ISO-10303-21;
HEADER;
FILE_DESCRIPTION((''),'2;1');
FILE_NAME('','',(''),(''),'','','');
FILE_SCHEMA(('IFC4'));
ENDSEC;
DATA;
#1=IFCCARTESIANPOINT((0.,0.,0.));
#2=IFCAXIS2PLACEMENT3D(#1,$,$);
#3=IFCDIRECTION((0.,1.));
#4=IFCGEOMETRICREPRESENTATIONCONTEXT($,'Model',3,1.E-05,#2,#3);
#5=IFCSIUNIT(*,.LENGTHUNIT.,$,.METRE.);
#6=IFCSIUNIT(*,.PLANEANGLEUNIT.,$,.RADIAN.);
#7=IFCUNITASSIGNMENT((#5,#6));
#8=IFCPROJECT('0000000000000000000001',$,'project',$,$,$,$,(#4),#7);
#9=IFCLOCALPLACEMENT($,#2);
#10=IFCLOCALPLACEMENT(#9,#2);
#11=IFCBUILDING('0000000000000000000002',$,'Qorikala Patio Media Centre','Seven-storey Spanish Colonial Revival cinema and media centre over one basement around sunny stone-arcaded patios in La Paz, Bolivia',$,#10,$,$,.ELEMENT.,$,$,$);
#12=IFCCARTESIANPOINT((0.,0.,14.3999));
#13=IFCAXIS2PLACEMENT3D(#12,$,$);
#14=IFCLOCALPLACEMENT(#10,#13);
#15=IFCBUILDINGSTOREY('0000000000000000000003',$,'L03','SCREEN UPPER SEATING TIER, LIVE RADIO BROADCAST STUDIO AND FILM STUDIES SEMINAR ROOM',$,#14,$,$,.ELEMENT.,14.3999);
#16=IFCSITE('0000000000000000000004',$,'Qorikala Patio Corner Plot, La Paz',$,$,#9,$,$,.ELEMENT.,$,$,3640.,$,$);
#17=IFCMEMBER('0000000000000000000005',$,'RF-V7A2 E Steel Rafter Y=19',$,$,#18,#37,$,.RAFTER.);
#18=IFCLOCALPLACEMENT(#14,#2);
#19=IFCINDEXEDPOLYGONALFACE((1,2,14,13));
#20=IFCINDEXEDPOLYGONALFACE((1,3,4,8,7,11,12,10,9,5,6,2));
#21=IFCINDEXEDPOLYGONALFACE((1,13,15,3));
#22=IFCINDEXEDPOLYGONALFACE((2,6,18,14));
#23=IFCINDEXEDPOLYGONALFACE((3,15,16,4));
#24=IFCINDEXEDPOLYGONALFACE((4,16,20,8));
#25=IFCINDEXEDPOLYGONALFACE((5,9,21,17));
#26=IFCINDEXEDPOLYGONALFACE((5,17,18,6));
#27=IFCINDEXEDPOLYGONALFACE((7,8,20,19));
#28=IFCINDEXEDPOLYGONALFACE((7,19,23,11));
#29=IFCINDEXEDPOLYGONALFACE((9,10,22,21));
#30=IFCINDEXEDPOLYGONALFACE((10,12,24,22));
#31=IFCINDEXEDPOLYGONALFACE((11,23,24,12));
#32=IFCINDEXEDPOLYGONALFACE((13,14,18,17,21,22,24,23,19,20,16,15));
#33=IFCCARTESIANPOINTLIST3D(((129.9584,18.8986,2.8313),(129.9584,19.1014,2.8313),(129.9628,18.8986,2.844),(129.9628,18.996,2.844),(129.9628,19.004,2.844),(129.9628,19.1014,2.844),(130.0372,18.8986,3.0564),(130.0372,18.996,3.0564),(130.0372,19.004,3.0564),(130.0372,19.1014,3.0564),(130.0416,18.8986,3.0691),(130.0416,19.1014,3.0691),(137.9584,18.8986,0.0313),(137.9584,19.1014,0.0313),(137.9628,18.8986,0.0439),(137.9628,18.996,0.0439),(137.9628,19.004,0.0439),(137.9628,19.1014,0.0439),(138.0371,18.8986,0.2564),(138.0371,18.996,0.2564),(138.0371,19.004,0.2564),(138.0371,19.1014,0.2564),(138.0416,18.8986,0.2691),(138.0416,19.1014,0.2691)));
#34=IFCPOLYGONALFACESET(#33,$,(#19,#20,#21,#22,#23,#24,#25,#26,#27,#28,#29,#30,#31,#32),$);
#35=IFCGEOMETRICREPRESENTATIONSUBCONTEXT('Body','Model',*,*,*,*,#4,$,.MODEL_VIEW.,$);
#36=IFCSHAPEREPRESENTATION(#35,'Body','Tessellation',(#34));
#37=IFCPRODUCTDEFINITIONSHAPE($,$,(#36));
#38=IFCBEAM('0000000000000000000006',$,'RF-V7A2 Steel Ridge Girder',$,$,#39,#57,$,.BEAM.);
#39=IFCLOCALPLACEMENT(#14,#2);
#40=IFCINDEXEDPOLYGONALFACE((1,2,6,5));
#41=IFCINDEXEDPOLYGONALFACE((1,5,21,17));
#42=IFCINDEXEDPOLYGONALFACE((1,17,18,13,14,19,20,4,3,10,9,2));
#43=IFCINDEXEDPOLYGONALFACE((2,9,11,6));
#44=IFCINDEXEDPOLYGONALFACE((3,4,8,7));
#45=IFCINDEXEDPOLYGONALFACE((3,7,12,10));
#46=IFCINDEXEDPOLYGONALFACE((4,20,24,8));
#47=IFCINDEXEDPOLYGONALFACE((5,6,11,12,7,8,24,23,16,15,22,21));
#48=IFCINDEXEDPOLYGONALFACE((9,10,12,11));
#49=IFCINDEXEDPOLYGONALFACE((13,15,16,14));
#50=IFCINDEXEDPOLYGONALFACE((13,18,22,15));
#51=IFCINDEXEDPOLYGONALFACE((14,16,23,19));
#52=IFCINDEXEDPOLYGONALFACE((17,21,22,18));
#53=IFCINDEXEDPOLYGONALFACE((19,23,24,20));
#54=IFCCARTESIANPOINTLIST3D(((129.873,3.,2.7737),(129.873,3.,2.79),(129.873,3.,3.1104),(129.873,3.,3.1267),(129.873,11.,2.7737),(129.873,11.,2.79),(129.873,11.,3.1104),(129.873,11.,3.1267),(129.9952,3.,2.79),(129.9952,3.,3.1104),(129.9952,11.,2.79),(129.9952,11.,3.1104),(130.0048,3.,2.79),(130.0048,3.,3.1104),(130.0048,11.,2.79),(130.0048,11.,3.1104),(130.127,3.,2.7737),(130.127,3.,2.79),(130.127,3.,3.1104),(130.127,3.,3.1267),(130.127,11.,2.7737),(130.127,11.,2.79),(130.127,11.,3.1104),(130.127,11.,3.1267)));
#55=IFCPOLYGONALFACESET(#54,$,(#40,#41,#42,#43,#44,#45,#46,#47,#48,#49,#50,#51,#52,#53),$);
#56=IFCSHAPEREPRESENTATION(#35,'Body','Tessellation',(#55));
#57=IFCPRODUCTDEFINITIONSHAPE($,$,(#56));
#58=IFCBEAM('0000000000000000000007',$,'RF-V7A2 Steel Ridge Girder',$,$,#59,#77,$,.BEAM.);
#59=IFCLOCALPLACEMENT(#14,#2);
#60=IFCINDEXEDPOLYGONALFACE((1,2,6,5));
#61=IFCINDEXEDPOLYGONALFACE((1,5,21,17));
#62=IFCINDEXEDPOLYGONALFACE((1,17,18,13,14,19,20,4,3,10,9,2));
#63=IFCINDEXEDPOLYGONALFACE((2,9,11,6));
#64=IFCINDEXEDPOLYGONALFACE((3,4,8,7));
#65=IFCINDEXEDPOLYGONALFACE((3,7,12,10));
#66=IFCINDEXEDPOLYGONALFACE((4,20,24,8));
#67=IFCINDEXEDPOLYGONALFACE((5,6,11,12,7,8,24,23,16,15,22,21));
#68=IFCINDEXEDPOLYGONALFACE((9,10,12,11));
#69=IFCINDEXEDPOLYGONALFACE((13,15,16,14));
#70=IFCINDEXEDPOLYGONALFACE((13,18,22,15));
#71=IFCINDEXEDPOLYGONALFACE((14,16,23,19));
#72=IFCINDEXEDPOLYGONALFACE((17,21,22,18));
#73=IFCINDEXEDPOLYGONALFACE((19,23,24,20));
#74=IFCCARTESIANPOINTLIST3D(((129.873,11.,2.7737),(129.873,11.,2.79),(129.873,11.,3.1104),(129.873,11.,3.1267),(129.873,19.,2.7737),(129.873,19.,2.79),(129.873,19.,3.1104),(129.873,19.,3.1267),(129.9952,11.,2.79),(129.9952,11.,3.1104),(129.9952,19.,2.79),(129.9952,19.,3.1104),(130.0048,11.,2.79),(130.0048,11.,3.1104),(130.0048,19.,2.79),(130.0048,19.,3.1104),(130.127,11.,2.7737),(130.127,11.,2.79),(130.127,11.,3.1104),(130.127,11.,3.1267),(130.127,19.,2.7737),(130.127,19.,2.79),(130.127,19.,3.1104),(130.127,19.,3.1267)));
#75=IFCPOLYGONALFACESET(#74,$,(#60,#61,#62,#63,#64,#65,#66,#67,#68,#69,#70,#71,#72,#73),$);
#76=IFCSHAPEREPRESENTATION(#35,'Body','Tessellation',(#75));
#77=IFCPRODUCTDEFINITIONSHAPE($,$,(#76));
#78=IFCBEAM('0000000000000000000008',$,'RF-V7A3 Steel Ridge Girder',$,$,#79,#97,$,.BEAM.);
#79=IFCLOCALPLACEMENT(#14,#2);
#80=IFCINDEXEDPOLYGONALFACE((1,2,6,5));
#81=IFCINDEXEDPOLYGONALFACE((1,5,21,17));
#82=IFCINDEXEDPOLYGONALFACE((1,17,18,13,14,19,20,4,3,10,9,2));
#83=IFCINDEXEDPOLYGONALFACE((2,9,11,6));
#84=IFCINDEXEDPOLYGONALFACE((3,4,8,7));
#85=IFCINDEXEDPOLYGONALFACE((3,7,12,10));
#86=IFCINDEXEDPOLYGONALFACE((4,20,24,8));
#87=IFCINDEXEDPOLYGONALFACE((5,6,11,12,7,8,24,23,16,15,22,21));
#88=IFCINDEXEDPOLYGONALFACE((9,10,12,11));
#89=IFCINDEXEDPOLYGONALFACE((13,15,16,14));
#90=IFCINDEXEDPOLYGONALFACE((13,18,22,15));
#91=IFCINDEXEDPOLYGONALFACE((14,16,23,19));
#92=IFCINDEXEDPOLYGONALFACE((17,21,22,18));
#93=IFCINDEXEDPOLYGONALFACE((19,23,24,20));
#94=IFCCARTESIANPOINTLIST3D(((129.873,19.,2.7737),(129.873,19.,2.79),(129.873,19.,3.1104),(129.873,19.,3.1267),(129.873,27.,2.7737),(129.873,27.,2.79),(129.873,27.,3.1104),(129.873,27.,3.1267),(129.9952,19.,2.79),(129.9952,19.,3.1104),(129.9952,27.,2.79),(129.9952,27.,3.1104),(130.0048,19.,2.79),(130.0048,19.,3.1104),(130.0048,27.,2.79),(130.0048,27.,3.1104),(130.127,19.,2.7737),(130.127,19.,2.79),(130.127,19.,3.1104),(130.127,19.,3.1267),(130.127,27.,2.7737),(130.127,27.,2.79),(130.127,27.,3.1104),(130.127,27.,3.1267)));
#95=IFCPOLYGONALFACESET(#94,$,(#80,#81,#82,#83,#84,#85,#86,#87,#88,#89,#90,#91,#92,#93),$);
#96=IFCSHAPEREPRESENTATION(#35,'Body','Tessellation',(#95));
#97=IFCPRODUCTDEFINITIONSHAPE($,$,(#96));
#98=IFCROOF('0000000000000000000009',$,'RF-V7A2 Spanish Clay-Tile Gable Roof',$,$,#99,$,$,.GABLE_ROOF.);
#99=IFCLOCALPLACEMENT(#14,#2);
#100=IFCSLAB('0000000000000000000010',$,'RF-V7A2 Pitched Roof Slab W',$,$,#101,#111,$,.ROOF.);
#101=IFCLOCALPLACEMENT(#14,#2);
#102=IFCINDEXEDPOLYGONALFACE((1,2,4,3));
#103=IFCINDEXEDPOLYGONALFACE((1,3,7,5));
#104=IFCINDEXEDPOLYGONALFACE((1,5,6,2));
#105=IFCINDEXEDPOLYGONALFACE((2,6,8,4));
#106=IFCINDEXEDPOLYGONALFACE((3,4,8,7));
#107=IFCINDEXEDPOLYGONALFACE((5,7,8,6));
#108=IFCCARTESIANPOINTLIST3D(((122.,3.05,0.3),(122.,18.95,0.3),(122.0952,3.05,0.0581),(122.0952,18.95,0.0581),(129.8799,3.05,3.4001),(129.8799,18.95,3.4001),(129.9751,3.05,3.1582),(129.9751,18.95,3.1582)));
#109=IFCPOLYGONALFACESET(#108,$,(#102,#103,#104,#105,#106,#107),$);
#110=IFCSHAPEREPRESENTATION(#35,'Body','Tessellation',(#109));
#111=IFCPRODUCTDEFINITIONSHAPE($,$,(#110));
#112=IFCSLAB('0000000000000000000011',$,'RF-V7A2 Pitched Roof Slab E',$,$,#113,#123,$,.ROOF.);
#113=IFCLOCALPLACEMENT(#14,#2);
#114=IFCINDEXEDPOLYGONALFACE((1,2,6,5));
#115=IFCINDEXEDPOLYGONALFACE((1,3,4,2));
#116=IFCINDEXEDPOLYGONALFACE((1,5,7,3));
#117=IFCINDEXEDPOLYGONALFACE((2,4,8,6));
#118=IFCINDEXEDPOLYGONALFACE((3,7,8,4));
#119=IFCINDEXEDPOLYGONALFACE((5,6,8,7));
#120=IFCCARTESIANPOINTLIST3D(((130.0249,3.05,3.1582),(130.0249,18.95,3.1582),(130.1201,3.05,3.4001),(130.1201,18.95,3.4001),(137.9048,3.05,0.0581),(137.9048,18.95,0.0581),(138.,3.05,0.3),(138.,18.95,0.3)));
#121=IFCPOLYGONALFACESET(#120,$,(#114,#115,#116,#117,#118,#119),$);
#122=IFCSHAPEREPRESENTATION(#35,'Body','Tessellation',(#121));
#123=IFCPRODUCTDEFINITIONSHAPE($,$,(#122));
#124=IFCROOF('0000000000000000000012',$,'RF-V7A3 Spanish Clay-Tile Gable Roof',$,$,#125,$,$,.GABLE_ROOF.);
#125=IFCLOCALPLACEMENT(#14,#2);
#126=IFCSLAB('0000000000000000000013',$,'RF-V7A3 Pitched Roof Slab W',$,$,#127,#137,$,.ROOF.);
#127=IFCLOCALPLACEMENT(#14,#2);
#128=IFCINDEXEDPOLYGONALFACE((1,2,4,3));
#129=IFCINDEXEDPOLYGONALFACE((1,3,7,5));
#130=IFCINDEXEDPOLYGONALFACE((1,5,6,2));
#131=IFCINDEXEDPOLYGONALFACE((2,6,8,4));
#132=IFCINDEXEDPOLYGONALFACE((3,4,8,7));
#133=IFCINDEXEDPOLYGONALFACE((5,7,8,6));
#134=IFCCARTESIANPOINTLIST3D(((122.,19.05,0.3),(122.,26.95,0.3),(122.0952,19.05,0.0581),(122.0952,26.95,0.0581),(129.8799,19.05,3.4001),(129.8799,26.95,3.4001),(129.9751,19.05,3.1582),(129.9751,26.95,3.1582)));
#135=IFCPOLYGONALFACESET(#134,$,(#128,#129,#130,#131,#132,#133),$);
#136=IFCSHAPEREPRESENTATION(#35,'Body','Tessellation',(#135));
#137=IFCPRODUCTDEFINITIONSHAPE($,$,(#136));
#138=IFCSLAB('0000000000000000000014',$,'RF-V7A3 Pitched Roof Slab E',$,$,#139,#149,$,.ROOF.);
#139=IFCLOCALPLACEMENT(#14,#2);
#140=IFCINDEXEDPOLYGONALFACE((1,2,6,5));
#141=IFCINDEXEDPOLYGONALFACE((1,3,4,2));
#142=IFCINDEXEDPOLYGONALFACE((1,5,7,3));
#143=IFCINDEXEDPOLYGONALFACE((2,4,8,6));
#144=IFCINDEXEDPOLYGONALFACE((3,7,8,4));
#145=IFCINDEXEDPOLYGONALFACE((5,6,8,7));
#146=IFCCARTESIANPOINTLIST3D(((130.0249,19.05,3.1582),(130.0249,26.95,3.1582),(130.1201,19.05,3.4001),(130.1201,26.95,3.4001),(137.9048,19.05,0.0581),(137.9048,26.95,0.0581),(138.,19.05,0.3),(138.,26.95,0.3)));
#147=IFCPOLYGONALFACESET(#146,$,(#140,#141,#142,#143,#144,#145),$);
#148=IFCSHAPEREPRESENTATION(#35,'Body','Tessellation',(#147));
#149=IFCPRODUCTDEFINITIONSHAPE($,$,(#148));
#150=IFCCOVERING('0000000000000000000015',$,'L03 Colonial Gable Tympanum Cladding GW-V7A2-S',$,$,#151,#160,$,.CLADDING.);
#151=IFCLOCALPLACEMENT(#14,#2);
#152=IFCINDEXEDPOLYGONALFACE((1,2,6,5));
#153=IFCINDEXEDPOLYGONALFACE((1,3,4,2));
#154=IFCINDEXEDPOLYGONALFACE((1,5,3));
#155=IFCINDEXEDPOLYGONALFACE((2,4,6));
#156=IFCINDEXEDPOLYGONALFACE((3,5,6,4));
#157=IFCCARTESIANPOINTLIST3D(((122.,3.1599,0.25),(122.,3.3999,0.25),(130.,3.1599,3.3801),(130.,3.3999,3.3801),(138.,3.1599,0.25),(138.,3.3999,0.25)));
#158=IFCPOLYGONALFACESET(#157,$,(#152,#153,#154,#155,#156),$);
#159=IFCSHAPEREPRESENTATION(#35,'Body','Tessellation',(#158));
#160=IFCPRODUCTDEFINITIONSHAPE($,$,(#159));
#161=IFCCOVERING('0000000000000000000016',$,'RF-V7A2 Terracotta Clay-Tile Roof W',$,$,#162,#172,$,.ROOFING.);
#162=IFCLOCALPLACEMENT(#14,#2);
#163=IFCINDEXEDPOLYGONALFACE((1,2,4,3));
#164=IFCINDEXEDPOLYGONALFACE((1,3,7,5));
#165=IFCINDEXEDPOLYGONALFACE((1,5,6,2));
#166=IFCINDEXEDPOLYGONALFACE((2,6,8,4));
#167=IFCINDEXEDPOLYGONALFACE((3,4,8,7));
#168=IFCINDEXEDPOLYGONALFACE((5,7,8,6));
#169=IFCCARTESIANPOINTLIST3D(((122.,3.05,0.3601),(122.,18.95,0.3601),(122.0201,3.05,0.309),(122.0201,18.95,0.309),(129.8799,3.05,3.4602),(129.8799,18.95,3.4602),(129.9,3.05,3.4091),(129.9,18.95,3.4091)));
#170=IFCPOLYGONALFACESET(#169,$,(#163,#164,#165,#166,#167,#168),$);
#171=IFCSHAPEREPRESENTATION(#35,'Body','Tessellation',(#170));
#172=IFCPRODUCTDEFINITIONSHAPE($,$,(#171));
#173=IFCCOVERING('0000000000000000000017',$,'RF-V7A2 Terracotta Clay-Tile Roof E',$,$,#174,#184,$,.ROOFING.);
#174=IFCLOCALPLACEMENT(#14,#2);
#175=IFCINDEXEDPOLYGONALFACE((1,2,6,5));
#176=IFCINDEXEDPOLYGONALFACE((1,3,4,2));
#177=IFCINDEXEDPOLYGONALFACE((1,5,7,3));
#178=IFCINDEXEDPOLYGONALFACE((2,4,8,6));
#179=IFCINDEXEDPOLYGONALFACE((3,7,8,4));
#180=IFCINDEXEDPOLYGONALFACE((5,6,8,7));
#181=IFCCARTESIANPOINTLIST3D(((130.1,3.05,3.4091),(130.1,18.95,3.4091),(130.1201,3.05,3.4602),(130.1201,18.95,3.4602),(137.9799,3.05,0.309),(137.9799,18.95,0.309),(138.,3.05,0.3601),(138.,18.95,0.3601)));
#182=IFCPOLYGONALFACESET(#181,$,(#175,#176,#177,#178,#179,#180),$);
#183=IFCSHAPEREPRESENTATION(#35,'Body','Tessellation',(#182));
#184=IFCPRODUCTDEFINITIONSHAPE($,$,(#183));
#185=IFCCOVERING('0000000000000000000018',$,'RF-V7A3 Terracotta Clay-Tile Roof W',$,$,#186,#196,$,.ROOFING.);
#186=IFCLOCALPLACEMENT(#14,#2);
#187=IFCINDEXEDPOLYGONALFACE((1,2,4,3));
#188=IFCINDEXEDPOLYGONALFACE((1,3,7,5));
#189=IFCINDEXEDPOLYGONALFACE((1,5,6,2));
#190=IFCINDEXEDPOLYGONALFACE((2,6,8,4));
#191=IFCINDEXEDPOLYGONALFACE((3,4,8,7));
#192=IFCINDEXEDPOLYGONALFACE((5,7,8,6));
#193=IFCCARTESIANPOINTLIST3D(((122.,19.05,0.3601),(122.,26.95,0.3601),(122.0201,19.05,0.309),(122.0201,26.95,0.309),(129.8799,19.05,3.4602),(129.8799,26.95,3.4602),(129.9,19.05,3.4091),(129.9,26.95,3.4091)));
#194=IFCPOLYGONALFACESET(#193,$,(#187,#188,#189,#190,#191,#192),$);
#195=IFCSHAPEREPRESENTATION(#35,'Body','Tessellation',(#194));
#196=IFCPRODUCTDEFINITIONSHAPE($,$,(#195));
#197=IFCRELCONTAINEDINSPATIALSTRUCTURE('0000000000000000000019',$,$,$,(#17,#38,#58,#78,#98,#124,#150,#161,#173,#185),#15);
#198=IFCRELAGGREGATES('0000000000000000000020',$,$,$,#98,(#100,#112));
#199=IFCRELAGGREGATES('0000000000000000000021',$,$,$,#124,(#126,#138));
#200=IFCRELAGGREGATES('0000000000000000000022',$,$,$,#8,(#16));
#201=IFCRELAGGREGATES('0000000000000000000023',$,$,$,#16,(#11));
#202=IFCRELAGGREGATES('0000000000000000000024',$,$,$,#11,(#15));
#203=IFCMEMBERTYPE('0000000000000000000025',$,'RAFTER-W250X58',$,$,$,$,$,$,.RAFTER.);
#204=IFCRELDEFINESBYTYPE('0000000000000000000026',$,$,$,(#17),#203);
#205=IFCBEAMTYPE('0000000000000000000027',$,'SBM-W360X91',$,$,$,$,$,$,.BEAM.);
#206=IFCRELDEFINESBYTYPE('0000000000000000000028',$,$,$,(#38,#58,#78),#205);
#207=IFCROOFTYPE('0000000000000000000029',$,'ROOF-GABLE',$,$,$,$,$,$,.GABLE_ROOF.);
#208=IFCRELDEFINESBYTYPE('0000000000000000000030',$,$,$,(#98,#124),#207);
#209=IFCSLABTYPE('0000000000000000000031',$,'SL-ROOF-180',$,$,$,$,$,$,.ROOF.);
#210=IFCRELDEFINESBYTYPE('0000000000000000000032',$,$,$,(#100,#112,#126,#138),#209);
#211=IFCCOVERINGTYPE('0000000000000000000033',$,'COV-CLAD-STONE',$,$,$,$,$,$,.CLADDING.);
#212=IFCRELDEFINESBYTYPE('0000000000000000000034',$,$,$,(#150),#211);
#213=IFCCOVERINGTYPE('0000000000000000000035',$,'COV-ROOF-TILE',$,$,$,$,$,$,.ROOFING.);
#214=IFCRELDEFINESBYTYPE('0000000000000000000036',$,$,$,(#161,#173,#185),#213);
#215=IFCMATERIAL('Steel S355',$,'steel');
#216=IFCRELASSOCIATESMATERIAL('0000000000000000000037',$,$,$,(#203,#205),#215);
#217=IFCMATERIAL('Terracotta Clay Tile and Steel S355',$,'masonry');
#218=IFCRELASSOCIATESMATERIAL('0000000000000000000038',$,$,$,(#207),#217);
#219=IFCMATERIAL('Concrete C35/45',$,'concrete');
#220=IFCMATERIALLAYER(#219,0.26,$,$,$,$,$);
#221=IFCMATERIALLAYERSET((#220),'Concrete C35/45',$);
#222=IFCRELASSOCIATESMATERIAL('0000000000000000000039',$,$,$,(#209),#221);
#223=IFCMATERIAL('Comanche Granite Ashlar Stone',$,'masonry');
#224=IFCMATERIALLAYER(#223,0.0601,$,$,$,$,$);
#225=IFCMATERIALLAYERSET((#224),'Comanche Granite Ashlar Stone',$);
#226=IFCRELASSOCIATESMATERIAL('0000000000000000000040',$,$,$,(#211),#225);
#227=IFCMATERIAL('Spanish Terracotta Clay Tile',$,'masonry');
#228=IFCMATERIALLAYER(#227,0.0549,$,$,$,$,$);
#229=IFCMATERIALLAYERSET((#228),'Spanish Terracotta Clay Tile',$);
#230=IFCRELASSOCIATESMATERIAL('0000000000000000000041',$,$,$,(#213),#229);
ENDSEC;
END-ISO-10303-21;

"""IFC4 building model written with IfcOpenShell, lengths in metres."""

from ifc_helpers import new_model, si_unit, direction, frame, origin, origin_2d, place, context, subcontext, project, spatial, polyline, i_section, outline, extrude, material, layer, layer_set, material_profile, profile_set, type_object, element, aggregate, save


model = new_model("IFC4")

# Units and contexts
model_context = context("Model", 3, precision=1e-05, world=origin(), true_north=direction((0.0, 1.0)))
body_context = subcontext(model_context, "Body", "Model", "MODEL_VIEW")
ifc_project = project(units=[si_unit("LENGTHUNIT", "METRE"), si_unit("PLANEANGLEUNIT", "RADIAN")], contexts=[model_context])

# Site, building, storey
site_placement = place(None, origin())
site = spatial("IfcSite", under=ifc_project, at=site_placement, Name="Qorikala Patio Corner Plot, La Paz", CompositionType="ELEMENT", RefElevation=3640.0)
building_placement = place(site_placement, origin())
building = spatial("IfcBuilding", under=site, at=building_placement, Name="Qorikala Patio Media Centre", Description="Seven-storey Spanish Colonial Revival cinema and media centre over one basement around sunny stone-arcaded patios in La Paz, Bolivia", CompositionType="ELEMENT")
storey_placement = place(building_placement, frame((0.0, 0.0, 14.3999)))
storey = spatial("IfcBuildingStorey", under=building, at=storey_placement, Name="L03", Description="SCREEN UPPER SEATING TIER, LIVE RADIO BROADCAST STUDIO AND FILM STUDIES SEMINAR ROOM", CompositionType="ELEMENT", Elevation=14.3999)

# Shared definitions
ifc_material_1 = material(Name="Steel S355", Category="steel")

# Member
ifc_material_profile_1 = material_profile(ifc_material_1, i_section(OverallWidth=0.2029, OverallDepth=0.252, WebThickness=0.0081, FlangeThickness=0.0134, at=origin_2d()), Name="W250X58")
ifc_profile_set_1 = profile_set([ifc_material_profile_1], Name="Steel S355")
member_type = type_object("IfcMemberType", Name="RAFTER-W250X58", PredefinedType="RAFTER", material=ifc_profile_set_1)
for number, where, z_axis, x_axis, name in (
    (1, (130.0, 19.0, 2.9502), (0.943857, 0.0, -0.330356), (0.0, 1.0, 0.0), "RF-V7A2 E Steel Rafter Y=19"),
):
    element("IfcMember", number, at=place(storey_placement, frame(where, z_axis=z_axis, x_axis=x_axis)), inside=storey, type_object=member_type, Name=name, PredefinedType="RAFTER", context=body_context, shape_type="SweptSolid", body=[
        extrude(i_section(OverallWidth=0.2029, OverallDepth=0.252, WebThickness=0.0081, FlangeThickness=0.0134, at=origin_2d()), origin(), (0.0, 0.0, 1.0), 8.4758),
    ])

# Beams
ifc_material_profile_2 = material_profile(ifc_material_1, i_section(OverallWidth=0.2539, OverallDepth=0.353, WebThickness=0.0095, FlangeThickness=0.0164, at=origin_2d()), Name="W360X91")
ifc_profile_set_2 = profile_set([ifc_material_profile_2], Name="Steel S355")
beam_type = type_object("IfcBeamType", Name="SBM-W360X91", PredefinedType="BEAM", material=ifc_profile_set_2)
for number, where, z_axis, x_axis, name in (
    (2, (130.0, 3.0, 2.9502), (0.0, 1.0, 0.0), (-1.0, 0.0, 0.0), "RF-V7A2 Steel Ridge Girder"),
    (3, (130.0, 11.0, 2.9502), (0.0, 1.0, 0.0), (-1.0, 0.0, 0.0), "RF-V7A2 Steel Ridge Girder"),
    (4, (130.0, 19.0, 2.9502), (0.0, 1.0, 0.0), (-1.0, 0.0, 0.0), "RF-V7A3 Steel Ridge Girder"),
):
    element("IfcBeam", number, at=place(storey_placement, frame(where, z_axis=z_axis, x_axis=x_axis)), inside=storey, type_object=beam_type, Name=name, PredefinedType="BEAM", context=body_context, shape_type="SweptSolid", body=[
        extrude(i_section(OverallWidth=0.2539, OverallDepth=0.353, WebThickness=0.0095, FlangeThickness=0.0164, at=origin_2d()), origin(), (0.0, 0.0, 1.0), 8.0),
    ])

# Roofs, slabs
ifc_material_2 = material(Name="Terracotta Clay Tile and Steel S355", Category="masonry")
roof_type = type_object("IfcRoofType", Name="ROOF-GABLE", PredefinedType="GABLE_ROOF", material=ifc_material_2)
roof_1_placement = place(storey_placement, origin())
roof_1 = element("IfcRoof", 5, at=roof_1_placement, inside=storey, type_object=roof_type, Name="RF-V7A2 Spanish Clay-Tile Gable Roof", PredefinedType="GABLE_ROOF")
ifc_material_3 = material(Name="Concrete C35/45", Category="concrete")
ifc_layer_1 = layer(ifc_material_3, 0.26)
ifc_layer_set_1 = layer_set([ifc_layer_1], Name="Concrete C35/45")
slab_type = type_object("IfcSlabType", Name="SL-ROOF-180", PredefinedType="ROOF", material=ifc_layer_set_1)
slab_1_placement = place(storey_placement, frame((122.0, 3.05, 0.3), z_axis=(-0.366105, 0.0, 0.930573), x_axis=(0.930573, 0.0, 0.366105)))
slab_1 = element("IfcSlab", 6, at=slab_1_placement, type_object=slab_type, Name="RF-V7A2 Pitched Roof Slab W", PredefinedType="ROOF", context=body_context, shape_type="SweptSolid", body=[
    extrude(outline(polyline([(0.0, 0.0), (8.4678, 0.0), (8.4678, 15.8999), (0.0, 15.8999), (0.0, 0.0)])), origin(), (0.0, 0.0, -1.0), 0.26),
])
slab_2_placement = place(storey_placement, frame((130.1201, 3.05, 3.4001), z_axis=(0.366105, 0.0, 0.930573), x_axis=(0.930573, 0.0, -0.366105)))
slab_2 = element("IfcSlab", 7, at=slab_2_placement, type_object=slab_type, Name="RF-V7A2 Pitched Roof Slab E", PredefinedType="ROOF", context=body_context, shape_type="SweptSolid", body=[
    extrude(outline(polyline([(0.0, 0.0), (8.4678, 0.0), (8.4678, 15.8999), (0.0, 15.8999), (0.0, 0.0)])), origin(), (0.0, 0.0, -1.0), 0.26),
])
aggregate(roof_1, [slab_1, slab_2])
roof_2_placement = place(storey_placement, origin())
roof_2 = element("IfcRoof", 8, at=roof_2_placement, inside=storey, type_object=roof_type, Name="RF-V7A3 Spanish Clay-Tile Gable Roof", PredefinedType="GABLE_ROOF")
slab_3_placement = place(storey_placement, frame((122.0, 19.05, 0.3), z_axis=(-0.366105, 0.0, 0.930573), x_axis=(0.930573, 0.0, 0.366105)))
slab_3 = element("IfcSlab", 9, at=slab_3_placement, type_object=slab_type, Name="RF-V7A3 Pitched Roof Slab W", PredefinedType="ROOF", context=body_context, shape_type="SweptSolid", body=[
    extrude(outline(polyline([(0.0, 0.0), (8.4678, 0.0), (8.4678, 7.8999), (0.0, 7.8999), (0.0, 0.0)])), origin(), (0.0, 0.0, -1.0), 0.26),
])
slab_4_placement = place(storey_placement, frame((130.1201, 19.05, 3.4001), z_axis=(0.366105, 0.0, 0.930573), x_axis=(0.930573, 0.0, -0.366105)))
slab_4 = element("IfcSlab", 10, at=slab_4_placement, type_object=slab_type, Name="RF-V7A3 Pitched Roof Slab E", PredefinedType="ROOF", context=body_context, shape_type="SweptSolid", body=[
    extrude(outline(polyline([(0.0, 0.0), (8.4678, 0.0), (8.4678, 7.8999), (0.0, 7.8999), (0.0, 0.0)])), origin(), (0.0, 0.0, -1.0), 0.26),
])
aggregate(roof_2, [slab_3, slab_4])

# Coverings
ifc_material_4 = material(Name="Comanche Granite Ashlar Stone", Category="masonry")
ifc_layer_2 = layer(ifc_material_4, 0.0601)
ifc_layer_set_2 = layer_set([ifc_layer_2], Name="Comanche Granite Ashlar Stone")
covering_type_1 = type_object("IfcCoveringType", Name="COV-CLAD-STONE", PredefinedType="CLADDING", material=ifc_layer_set_2)
covering_placement = place(storey_placement, frame((122.0, 3.1599, 0.25), z_axis=(0.0, -1.0, 0.0), x_axis=(1.0, 0.0, 0.0)))
element("IfcCovering", 11, at=covering_placement, inside=storey, type_object=covering_type_1, Name="L03 Colonial Gable Tympanum Cladding GW-V7A2-S", PredefinedType="CLADDING", context=body_context, shape_type="SweptSolid", body=[
    extrude(outline(polyline([(0.0, 0.0), (16.0, 0.0), (8.0, 3.1301), (0.0, 0.0)])), origin(), (0.0, 0.0, -1.0), 0.24),
])
ifc_material_5 = material(Name="Spanish Terracotta Clay Tile", Category="masonry")
ifc_layer_3 = layer(ifc_material_5, 0.0549)
ifc_layer_set_3 = layer_set([ifc_layer_3], Name="Spanish Terracotta Clay Tile")
covering_type_2 = type_object("IfcCoveringType", Name="COV-ROOF-TILE", PredefinedType="ROOFING", material=ifc_layer_set_3)
for number, where, z_axis, x_axis, name in (
    (12, (122.0, 3.05, 0.3601), (-0.366105, 0.0, 0.930573), (0.930573, 0.0, 0.366105), "RF-V7A2 Terracotta Clay-Tile Roof W"),
    (13, (130.1201, 3.05, 3.4602), (0.366105, 0.0, 0.930573), (0.930573, 0.0, -0.366105), "RF-V7A2 Terracotta Clay-Tile Roof E"),
):
    element("IfcCovering", number, at=place(storey_placement, frame(where, z_axis=z_axis, x_axis=x_axis)), inside=storey, type_object=covering_type_2, Name=name, PredefinedType="ROOFING", context=body_context, shape_type="SweptSolid", body=[
        extrude(outline(polyline([(0.0, 0.0), (8.4678, 0.0), (8.4678, 15.8999), (0.0, 15.8999), (0.0, 0.0)])), origin(), (0.0, 0.0, -1.0), 0.0549),
    ])
for number, where, z_axis, x_axis, name in (
    (14, (122.0, 19.05, 0.3601), (-0.366105, 0.0, 0.930573), (0.930573, 0.0, 0.366105), "RF-V7A3 Terracotta Clay-Tile Roof W"),
):
    element("IfcCovering", number, at=place(storey_placement, frame(where, z_axis=z_axis, x_axis=x_axis)), inside=storey, type_object=covering_type_2, Name=name, PredefinedType="ROOFING", context=body_context, shape_type="SweptSolid", body=[
        extrude(outline(polyline([(0.0, 0.0), (8.4678, 0.0), (8.4678, 7.8999), (0.0, 7.8999), (0.0, 0.0)])), origin(), (0.0, 0.0, -1.0), 0.0549),
    ])

save(model, "model.ifc")
